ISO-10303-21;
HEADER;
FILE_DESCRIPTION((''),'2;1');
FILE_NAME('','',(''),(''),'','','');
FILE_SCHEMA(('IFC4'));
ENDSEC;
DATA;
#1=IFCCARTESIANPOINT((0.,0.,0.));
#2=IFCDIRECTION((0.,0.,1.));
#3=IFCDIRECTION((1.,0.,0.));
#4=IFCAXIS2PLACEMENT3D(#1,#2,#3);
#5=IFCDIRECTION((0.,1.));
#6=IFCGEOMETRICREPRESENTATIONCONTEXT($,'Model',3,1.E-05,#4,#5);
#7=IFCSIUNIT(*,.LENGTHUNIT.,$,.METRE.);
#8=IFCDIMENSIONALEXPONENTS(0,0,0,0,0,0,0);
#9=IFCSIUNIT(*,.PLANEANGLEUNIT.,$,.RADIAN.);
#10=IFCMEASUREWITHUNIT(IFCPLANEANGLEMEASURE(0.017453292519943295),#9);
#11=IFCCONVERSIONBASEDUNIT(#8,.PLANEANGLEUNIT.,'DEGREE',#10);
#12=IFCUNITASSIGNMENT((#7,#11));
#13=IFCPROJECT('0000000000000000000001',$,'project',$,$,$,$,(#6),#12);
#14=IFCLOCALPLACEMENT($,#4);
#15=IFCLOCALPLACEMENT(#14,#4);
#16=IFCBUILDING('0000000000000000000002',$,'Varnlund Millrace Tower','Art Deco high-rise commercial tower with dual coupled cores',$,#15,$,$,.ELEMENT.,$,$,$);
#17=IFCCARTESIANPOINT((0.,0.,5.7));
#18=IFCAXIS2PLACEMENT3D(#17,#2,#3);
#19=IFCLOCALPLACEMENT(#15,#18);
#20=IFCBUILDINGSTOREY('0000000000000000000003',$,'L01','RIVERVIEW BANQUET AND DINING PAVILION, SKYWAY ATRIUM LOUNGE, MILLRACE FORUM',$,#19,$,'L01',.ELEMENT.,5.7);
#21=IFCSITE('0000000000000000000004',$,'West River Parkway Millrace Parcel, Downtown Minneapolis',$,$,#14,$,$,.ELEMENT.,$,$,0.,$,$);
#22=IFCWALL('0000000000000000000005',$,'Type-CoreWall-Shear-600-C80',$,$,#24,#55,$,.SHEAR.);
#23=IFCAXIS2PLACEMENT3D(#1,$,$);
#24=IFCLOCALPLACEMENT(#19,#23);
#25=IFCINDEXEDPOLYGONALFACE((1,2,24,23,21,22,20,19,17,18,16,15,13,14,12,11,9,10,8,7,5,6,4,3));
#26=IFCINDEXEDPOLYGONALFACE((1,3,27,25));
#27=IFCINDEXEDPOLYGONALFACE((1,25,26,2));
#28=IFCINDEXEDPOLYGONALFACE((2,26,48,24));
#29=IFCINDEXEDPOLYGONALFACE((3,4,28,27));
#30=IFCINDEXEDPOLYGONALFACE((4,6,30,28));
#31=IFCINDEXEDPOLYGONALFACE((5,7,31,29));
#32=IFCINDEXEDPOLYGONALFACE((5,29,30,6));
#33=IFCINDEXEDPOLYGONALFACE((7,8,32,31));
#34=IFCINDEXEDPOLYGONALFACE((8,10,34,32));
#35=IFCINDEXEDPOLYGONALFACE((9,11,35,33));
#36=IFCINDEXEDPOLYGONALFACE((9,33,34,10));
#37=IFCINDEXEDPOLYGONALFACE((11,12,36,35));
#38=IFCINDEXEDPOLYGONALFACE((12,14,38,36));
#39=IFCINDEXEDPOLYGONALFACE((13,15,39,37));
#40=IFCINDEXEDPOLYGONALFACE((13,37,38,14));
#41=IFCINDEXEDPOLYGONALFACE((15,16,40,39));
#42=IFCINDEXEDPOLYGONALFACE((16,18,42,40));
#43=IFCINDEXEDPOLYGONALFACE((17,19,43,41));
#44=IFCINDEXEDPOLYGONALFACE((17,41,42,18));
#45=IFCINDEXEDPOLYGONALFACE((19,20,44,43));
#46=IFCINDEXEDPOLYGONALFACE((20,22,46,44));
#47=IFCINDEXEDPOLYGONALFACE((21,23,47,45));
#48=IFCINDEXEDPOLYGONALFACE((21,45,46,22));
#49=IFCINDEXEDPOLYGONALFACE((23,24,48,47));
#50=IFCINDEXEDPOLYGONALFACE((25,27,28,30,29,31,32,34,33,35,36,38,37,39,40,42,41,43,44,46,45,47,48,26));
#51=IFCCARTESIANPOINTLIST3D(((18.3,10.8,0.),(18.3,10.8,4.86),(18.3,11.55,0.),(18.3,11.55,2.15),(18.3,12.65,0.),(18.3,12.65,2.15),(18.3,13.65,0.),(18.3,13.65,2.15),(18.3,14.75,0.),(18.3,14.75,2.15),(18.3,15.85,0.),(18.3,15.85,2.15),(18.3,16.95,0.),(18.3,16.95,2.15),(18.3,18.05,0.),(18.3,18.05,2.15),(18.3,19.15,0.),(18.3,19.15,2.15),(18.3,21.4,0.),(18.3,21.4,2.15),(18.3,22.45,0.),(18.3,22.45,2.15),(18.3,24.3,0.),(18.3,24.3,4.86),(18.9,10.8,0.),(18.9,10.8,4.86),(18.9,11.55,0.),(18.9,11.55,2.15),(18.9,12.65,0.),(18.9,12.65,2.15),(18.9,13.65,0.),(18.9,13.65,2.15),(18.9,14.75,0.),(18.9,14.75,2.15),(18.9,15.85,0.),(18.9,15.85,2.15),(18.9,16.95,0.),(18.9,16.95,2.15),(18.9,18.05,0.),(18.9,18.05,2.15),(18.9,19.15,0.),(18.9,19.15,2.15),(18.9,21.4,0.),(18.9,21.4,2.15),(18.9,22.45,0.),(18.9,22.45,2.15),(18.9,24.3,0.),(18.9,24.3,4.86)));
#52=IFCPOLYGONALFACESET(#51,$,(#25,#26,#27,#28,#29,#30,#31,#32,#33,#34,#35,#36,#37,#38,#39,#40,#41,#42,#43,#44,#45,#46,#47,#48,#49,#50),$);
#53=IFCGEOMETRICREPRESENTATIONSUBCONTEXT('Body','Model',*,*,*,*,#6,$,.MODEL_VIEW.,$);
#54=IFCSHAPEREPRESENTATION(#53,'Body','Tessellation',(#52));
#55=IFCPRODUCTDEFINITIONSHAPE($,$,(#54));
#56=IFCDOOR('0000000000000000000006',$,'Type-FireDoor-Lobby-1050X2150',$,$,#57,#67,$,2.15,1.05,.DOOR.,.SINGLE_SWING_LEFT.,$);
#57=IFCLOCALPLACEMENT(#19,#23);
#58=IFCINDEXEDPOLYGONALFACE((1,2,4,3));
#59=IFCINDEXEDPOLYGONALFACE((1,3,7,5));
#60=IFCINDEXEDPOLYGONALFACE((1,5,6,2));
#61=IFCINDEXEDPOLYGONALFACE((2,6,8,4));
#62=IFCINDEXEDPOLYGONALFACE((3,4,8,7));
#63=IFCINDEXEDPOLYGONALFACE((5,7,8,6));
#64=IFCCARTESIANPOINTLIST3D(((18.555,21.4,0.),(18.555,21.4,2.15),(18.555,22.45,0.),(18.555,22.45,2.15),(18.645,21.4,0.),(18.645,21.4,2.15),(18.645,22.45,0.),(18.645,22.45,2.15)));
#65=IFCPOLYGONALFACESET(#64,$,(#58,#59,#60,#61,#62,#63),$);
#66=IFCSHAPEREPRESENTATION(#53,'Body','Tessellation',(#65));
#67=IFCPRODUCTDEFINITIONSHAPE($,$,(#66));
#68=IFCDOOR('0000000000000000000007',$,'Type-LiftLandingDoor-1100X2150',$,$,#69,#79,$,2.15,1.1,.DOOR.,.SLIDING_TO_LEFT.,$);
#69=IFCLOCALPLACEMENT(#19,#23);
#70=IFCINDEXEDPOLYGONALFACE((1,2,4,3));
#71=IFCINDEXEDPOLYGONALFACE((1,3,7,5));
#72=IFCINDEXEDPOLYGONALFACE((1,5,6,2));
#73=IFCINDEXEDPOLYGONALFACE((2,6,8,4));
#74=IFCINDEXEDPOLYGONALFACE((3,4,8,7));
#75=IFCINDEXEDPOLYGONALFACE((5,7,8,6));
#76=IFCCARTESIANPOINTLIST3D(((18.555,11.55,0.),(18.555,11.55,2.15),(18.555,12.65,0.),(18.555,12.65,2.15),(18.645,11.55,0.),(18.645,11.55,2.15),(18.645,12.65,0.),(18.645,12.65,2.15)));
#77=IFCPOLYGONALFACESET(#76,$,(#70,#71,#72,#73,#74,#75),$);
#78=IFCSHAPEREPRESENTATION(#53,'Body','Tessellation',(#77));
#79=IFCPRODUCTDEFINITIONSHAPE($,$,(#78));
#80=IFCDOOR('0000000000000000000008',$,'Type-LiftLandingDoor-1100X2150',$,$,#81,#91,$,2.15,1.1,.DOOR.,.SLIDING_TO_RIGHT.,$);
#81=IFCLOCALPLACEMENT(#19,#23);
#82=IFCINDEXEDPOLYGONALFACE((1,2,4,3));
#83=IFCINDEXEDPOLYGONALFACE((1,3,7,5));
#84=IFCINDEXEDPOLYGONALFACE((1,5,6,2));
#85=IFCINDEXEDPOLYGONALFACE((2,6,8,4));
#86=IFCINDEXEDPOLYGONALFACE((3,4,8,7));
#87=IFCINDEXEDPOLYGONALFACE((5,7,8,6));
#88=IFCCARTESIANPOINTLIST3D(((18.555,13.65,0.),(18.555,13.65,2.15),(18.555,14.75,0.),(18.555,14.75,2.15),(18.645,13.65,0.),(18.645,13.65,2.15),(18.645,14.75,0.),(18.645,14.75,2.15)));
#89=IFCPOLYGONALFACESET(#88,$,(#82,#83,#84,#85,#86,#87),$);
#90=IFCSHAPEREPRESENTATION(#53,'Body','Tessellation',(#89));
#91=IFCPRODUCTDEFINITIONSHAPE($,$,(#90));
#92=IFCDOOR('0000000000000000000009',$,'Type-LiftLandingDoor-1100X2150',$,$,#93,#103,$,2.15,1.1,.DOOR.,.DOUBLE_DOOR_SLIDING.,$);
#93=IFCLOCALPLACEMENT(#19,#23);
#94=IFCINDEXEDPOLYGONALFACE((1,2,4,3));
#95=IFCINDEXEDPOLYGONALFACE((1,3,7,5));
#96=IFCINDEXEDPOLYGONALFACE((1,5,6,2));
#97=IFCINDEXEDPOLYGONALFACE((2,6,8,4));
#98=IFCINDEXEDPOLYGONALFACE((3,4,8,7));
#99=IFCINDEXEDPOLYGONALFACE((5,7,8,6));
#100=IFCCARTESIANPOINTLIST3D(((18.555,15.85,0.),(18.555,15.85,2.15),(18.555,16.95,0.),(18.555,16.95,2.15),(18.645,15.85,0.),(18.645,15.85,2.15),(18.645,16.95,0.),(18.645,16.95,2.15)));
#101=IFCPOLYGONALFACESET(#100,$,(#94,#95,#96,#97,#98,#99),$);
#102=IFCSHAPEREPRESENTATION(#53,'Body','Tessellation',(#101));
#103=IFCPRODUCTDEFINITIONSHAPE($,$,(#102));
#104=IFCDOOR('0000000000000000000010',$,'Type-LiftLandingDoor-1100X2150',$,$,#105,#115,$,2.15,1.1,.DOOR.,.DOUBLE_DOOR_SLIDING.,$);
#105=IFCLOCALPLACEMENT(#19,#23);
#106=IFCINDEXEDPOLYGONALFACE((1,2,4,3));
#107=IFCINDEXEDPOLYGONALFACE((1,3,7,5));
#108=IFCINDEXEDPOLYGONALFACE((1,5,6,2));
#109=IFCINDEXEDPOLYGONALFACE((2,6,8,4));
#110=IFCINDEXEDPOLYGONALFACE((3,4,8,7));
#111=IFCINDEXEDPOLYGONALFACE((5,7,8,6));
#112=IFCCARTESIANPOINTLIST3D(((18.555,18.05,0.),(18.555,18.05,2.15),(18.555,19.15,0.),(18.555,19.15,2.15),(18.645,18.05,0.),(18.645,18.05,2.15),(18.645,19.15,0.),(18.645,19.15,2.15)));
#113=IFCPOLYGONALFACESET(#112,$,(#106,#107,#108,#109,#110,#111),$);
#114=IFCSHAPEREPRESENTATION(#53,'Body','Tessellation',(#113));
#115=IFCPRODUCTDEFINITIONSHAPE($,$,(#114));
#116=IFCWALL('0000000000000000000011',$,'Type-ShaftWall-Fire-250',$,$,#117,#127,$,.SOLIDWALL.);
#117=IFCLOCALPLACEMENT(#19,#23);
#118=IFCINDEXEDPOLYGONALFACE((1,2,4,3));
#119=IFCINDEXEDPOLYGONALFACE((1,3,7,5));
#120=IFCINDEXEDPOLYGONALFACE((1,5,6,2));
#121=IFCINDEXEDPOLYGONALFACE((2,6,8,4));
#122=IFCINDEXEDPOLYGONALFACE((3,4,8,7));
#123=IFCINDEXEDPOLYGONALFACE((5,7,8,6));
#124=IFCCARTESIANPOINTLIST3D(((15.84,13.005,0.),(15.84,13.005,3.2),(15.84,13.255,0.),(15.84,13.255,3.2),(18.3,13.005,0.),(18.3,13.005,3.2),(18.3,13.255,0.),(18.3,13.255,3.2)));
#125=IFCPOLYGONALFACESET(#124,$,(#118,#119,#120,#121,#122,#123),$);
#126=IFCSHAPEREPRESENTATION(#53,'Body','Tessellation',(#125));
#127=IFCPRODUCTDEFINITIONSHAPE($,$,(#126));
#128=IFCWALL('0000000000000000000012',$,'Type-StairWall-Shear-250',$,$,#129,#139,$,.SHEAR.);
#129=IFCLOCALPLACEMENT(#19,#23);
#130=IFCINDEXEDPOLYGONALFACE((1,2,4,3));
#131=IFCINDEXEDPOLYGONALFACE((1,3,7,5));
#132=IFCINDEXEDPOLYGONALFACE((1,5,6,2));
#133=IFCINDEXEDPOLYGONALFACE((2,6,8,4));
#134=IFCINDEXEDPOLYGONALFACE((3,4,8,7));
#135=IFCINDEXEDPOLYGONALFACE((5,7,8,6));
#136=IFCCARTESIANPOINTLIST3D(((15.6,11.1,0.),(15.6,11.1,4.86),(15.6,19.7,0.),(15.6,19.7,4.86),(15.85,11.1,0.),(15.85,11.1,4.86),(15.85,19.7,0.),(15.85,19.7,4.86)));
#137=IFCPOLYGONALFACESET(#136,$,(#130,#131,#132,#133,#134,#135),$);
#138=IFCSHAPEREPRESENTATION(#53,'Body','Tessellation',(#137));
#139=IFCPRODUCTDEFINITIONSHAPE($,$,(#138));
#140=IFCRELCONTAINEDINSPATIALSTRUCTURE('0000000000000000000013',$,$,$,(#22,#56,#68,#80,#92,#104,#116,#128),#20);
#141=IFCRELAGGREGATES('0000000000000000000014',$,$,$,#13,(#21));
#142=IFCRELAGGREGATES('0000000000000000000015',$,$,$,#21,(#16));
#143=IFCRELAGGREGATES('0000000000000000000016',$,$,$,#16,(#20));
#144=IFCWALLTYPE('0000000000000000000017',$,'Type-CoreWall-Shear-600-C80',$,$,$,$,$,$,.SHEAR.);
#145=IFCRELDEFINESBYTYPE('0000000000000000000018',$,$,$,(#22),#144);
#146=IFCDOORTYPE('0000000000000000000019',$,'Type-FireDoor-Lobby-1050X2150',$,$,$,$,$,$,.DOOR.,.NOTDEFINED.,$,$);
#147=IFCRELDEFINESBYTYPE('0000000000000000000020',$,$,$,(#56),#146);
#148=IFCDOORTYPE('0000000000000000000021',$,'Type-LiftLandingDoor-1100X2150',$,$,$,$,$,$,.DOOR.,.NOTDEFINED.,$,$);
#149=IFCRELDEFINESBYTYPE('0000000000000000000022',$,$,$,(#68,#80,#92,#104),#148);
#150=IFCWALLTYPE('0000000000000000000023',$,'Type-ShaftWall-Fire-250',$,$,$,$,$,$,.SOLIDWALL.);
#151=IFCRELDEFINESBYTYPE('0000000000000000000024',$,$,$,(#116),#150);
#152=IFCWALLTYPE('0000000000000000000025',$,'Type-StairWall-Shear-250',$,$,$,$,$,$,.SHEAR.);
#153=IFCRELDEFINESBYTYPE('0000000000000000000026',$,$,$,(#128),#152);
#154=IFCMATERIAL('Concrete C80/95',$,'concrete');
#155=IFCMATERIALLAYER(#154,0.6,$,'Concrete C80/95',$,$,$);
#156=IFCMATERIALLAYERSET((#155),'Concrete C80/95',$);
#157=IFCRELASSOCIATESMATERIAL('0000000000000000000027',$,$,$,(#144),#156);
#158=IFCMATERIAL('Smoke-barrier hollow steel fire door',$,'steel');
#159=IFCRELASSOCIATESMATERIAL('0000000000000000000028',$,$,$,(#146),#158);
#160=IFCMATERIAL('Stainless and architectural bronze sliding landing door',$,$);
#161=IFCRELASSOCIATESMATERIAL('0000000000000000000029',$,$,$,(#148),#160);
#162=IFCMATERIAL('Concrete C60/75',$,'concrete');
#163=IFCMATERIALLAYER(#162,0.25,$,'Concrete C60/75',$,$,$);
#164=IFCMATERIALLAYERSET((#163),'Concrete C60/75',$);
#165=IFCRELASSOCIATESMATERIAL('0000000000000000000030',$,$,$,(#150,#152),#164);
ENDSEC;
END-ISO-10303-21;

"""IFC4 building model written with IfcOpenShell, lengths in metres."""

from ifc_helpers import new_model, entity, si_unit, converted_unit, direction, frame, origin_with_axes, origin_2d_with_axis, place, context, subcontext, project, spatial, polyline, rectangle, outline, extrude, material, layer, layer_set, type_object, element, fill, save


model = new_model("IFC4")

# Units and contexts
model_context = context("Model", 3, precision=1e-05, world=origin_with_axes(), true_north=direction((0.0, 1.0)))
body_context = subcontext(model_context, "Body", "Model", "MODEL_VIEW")
ifc_project = project(units=[si_unit("LENGTHUNIT", "METRE"), converted_unit("PLANEANGLEUNIT", "DEGREE", entity("IfcPlaneAngleMeasure", 0.017453292519943295), si_unit("PLANEANGLEUNIT", "RADIAN"), dimensions=[0, 0, 0, 0, 0, 0, 0])], contexts=[model_context])

# Site, building, storey
site_placement = place(None, origin_with_axes())
site = spatial("IfcSite", under=ifc_project, at=site_placement, Name="West River Parkway Millrace Parcel, Downtown Minneapolis", CompositionType="ELEMENT", RefElevation=0.0)
building_placement = place(site_placement, origin_with_axes())
building = spatial("IfcBuilding", under=site, at=building_placement, Name="Varnlund Millrace Tower", Description="Art Deco high-rise commercial tower with dual coupled cores", CompositionType="ELEMENT")
storey_placement = place(building_placement, frame((0.0, 0.0, 5.7), z_axis=(0.0, 0.0, 1.0), x_axis=(1.0, 0.0, 0.0)))
storey = spatial("IfcBuildingStorey", under=building, at=storey_placement, Name="L01", Description="RIVERVIEW BANQUET AND DINING PAVILION, SKYWAY ATRIUM LOUNGE, MILLRACE FORUM", LongName="L01", CompositionType="ELEMENT", Elevation=5.7)

# Shared definitions
ifc_material_1 = material(Name="Concrete C80/95", Category="concrete")

# Shared definitions
ifc_layer_1 = layer(ifc_material_1, 0.6, Name="Concrete C80/95")
ifc_layer_set_1 = layer_set([ifc_layer_1], Name="Concrete C80/95")
wall_type_1 = type_object("IfcWallType", Name="Type-CoreWall-Shear-600-C80", PredefinedType="SHEAR", material=ifc_layer_set_1)

# Wall, openings, doors
wall_1_placement = place(storey_placement, frame((18.6, 10.8, 0.0), z_axis=(0.0, 0.0, 1.0), x_axis=(0.0, 1.0, 0.0)))
wall_1 = element("IfcWall", 1, at=wall_1_placement, inside=storey, type_object=wall_type_1, Name="Type-CoreWall-Shear-600-C80", PredefinedType="SHEAR", context=body_context, shape_type="SweptSolid", body=[
    extrude(outline(polyline([(0.0, -0.3), (13.5, -0.3), (13.5, 0.3), (0.0, 0.3), (0.0, -0.3)])), origin_with_axes(), (0.0, 0.0, 1.0), 4.86),
])
opening_1_placement = place(wall_1_placement, frame((1.3, 0.0, 0.0), z_axis=(0.0, 0.0, 1.0), x_axis=(1.0, 0.0, 0.0)))
opening_1 = element("IfcOpeningElement", 2, at=opening_1_placement, cuts=wall_1, PredefinedType="OPENING", context=body_context, shape_type="SweptSolid", body=[
    extrude(rectangle(XDim=1.1, YDim=0.62, at=origin_2d_with_axis()), origin_with_axes(), (0.0, 0.0, 1.0), 2.15),
])
opening_2_placement = place(wall_1_placement, frame((3.4, 0.0, 0.0), z_axis=(0.0, 0.0, 1.0), x_axis=(1.0, 0.0, 0.0)))
opening_2 = element("IfcOpeningElement", 3, at=opening_2_placement, cuts=wall_1, PredefinedType="OPENING", context=body_context, shape_type="SweptSolid", body=[
    extrude(rectangle(XDim=1.1, YDim=0.62, at=origin_2d_with_axis()), origin_with_axes(), (0.0, 0.0, 1.0), 2.15),
])
opening_3_placement = place(wall_1_placement, frame((5.6, 0.0, 0.0), z_axis=(0.0, 0.0, 1.0), x_axis=(1.0, 0.0, 0.0)))
opening_3 = element("IfcOpeningElement", 4, at=opening_3_placement, cuts=wall_1, PredefinedType="OPENING", context=body_context, shape_type="SweptSolid", body=[
    extrude(rectangle(XDim=1.1, YDim=0.62, at=origin_2d_with_axis()), origin_with_axes(), (0.0, 0.0, 1.0), 2.15),
])
opening_4_placement = place(wall_1_placement, frame((7.8, 0.0, 0.0), z_axis=(0.0, 0.0, 1.0), x_axis=(1.0, 0.0, 0.0)))
opening_4 = element("IfcOpeningElement", 5, at=opening_4_placement, cuts=wall_1, PredefinedType="OPENING", context=body_context, shape_type="SweptSolid", body=[
    extrude(rectangle(XDim=1.1, YDim=0.62, at=origin_2d_with_axis()), origin_with_axes(), (0.0, 0.0, 1.0), 2.15),
])
opening_5_placement = place(wall_1_placement, frame((11.125, 0.0, 0.0), z_axis=(0.0, 0.0, 1.0), x_axis=(1.0, 0.0, 0.0)))
opening_5 = element("IfcOpeningElement", 6, at=opening_5_placement, cuts=wall_1, PredefinedType="OPENING", context=body_context, shape_type="SweptSolid", body=[
    extrude(rectangle(XDim=1.05, YDim=0.62, at=origin_2d_with_axis()), origin_with_axes(), (0.0, 0.0, 1.0), 2.15),
])
ifc_material_2 = material(Name="Smoke-barrier hollow steel fire door", Category="steel")
door_type_1 = type_object("IfcDoorType", Name="Type-FireDoor-Lobby-1050X2150", OperationType="NOTDEFINED", PredefinedType="DOOR", material=ifc_material_2)
door_1_placement = place(wall_1_placement, frame((11.125, 0.0, 0.0), z_axis=(0.0, 0.0, 1.0), x_axis=(1.0, 0.0, 0.0)))
door_1 = element("IfcDoor", 7, at=door_1_placement, inside=storey, type_object=door_type_1, Name="Type-FireDoor-Lobby-1050X2150", OperationType="SINGLE_SWING_LEFT", OverallHeight=2.15, OverallWidth=1.05, PredefinedType="DOOR", context=body_context, shape_type="SweptSolid", body=[
    extrude(rectangle(XDim=1.05, YDim=0.09, at=origin_2d_with_axis()), origin_with_axes(), (0.0, 0.0, 1.0), 2.15),
])
fill(opening_5, door_1)
ifc_material_3 = material(Name="Stainless and architectural bronze sliding landing door")
door_type_2 = type_object("IfcDoorType", Name="Type-LiftLandingDoor-1100X2150", OperationType="NOTDEFINED", PredefinedType="DOOR", material=ifc_material_3)
door_2_placement = place(wall_1_placement, frame((1.3, 0.0, 0.0), z_axis=(0.0, 0.0, 1.0), x_axis=(1.0, 0.0, 0.0)))
door_2 = element("IfcDoor", 8, at=door_2_placement, inside=storey, type_object=door_type_2, Name="Type-LiftLandingDoor-1100X2150", OperationType="SLIDING_TO_LEFT", OverallHeight=2.15, OverallWidth=1.1, PredefinedType="DOOR", context=body_context, shape_type="SweptSolid", body=[
    extrude(rectangle(XDim=1.1, YDim=0.09, at=origin_2d_with_axis()), origin_with_axes(), (0.0, 0.0, 1.0), 2.15),
])
fill(opening_1, door_2)
door_3_placement = place(wall_1_placement, frame((3.4, 0.0, 0.0), z_axis=(0.0, 0.0, 1.0), x_axis=(1.0, 0.0, 0.0)))
door_3 = element("IfcDoor", 9, at=door_3_placement, inside=storey, type_object=door_type_2, Name="Type-LiftLandingDoor-1100X2150", OperationType="SLIDING_TO_RIGHT", OverallHeight=2.15, OverallWidth=1.1, PredefinedType="DOOR", context=body_context, shape_type="SweptSolid", body=[
    extrude(rectangle(XDim=1.1, YDim=0.09, at=origin_2d_with_axis()), origin_with_axes(), (0.0, 0.0, 1.0), 2.15),
])
fill(opening_2, door_3)
door_4_placement = place(wall_1_placement, frame((5.6, 0.0, 0.0), z_axis=(0.0, 0.0, 1.0), x_axis=(1.0, 0.0, 0.0)))
door_4 = element("IfcDoor", 10, at=door_4_placement, inside=storey, type_object=door_type_2, Name="Type-LiftLandingDoor-1100X2150", OperationType="DOUBLE_DOOR_SLIDING", OverallHeight=2.15, OverallWidth=1.1, PredefinedType="DOOR", context=body_context, shape_type="SweptSolid", body=[
    extrude(rectangle(XDim=1.1, YDim=0.09, at=origin_2d_with_axis()), origin_with_axes(), (0.0, 0.0, 1.0), 2.15),
])
fill(opening_3, door_4)
door_5_placement = place(wall_1_placement, frame((7.8, 0.0, 0.0), z_axis=(0.0, 0.0, 1.0), x_axis=(1.0, 0.0, 0.0)))
door_5 = element("IfcDoor", 11, at=door_5_placement, inside=storey, type_object=door_type_2, Name="Type-LiftLandingDoor-1100X2150", OperationType="DOUBLE_DOOR_SLIDING", OverallHeight=2.15, OverallWidth=1.1, PredefinedType="DOOR", context=body_context, shape_type="SweptSolid", body=[
    extrude(rectangle(XDim=1.1, YDim=0.09, at=origin_2d_with_axis()), origin_with_axes(), (0.0, 0.0, 1.0), 2.15),
])
fill(opening_4, door_5)

# Walls
ifc_material_4 = material(Name="Concrete C60/75", Category="concrete")
ifc_layer_2 = layer(ifc_material_4, 0.25, Name="Concrete C60/75")
ifc_layer_set_2 = layer_set([ifc_layer_2], Name="Concrete C60/75")
wall_type_2 = type_object("IfcWallType", Name="Type-ShaftWall-Fire-250", PredefinedType="SOLIDWALL", material=ifc_layer_set_2)
wall_2_placement = place(storey_placement, frame((15.84, 13.13, 0.0), z_axis=(0.0, 0.0, 1.0), x_axis=(1.0, 0.0, 0.0)))
element("IfcWall", 12, at=wall_2_placement, inside=storey, type_object=wall_type_2, Name="Type-ShaftWall-Fire-250", PredefinedType="SOLIDWALL", context=body_context, shape_type="SweptSolid", body=[
    extrude(outline(polyline([(0.0, -0.125), (2.46, -0.125), (2.46, 0.125), (0.0, 0.125), (0.0, -0.125)])), origin_with_axes(), (0.0, 0.0, 1.0), 3.2),
])
wall_type_3 = type_object("IfcWallType", Name="Type-StairWall-Shear-250", PredefinedType="SHEAR", material=ifc_layer_set_2)
wall_3_placement = place(storey_placement, frame((15.725, 11.1, 0.0), z_axis=(0.0, 0.0, 1.0), x_axis=(0.0, 1.0, 0.0)))
element("IfcWall", 13, at=wall_3_placement, inside=storey, type_object=wall_type_3, Name="Type-StairWall-Shear-250", PredefinedType="SHEAR", context=body_context, shape_type="SweptSolid", body=[
    extrude(outline(polyline([(0.0, -0.125), (8.6, -0.125), (8.6, 0.125), (0.0, 0.125), (0.0, -0.125)])), origin_with_axes(), (0.0, 0.0, 1.0), 4.86),
])

save(model, "model.ifc")
